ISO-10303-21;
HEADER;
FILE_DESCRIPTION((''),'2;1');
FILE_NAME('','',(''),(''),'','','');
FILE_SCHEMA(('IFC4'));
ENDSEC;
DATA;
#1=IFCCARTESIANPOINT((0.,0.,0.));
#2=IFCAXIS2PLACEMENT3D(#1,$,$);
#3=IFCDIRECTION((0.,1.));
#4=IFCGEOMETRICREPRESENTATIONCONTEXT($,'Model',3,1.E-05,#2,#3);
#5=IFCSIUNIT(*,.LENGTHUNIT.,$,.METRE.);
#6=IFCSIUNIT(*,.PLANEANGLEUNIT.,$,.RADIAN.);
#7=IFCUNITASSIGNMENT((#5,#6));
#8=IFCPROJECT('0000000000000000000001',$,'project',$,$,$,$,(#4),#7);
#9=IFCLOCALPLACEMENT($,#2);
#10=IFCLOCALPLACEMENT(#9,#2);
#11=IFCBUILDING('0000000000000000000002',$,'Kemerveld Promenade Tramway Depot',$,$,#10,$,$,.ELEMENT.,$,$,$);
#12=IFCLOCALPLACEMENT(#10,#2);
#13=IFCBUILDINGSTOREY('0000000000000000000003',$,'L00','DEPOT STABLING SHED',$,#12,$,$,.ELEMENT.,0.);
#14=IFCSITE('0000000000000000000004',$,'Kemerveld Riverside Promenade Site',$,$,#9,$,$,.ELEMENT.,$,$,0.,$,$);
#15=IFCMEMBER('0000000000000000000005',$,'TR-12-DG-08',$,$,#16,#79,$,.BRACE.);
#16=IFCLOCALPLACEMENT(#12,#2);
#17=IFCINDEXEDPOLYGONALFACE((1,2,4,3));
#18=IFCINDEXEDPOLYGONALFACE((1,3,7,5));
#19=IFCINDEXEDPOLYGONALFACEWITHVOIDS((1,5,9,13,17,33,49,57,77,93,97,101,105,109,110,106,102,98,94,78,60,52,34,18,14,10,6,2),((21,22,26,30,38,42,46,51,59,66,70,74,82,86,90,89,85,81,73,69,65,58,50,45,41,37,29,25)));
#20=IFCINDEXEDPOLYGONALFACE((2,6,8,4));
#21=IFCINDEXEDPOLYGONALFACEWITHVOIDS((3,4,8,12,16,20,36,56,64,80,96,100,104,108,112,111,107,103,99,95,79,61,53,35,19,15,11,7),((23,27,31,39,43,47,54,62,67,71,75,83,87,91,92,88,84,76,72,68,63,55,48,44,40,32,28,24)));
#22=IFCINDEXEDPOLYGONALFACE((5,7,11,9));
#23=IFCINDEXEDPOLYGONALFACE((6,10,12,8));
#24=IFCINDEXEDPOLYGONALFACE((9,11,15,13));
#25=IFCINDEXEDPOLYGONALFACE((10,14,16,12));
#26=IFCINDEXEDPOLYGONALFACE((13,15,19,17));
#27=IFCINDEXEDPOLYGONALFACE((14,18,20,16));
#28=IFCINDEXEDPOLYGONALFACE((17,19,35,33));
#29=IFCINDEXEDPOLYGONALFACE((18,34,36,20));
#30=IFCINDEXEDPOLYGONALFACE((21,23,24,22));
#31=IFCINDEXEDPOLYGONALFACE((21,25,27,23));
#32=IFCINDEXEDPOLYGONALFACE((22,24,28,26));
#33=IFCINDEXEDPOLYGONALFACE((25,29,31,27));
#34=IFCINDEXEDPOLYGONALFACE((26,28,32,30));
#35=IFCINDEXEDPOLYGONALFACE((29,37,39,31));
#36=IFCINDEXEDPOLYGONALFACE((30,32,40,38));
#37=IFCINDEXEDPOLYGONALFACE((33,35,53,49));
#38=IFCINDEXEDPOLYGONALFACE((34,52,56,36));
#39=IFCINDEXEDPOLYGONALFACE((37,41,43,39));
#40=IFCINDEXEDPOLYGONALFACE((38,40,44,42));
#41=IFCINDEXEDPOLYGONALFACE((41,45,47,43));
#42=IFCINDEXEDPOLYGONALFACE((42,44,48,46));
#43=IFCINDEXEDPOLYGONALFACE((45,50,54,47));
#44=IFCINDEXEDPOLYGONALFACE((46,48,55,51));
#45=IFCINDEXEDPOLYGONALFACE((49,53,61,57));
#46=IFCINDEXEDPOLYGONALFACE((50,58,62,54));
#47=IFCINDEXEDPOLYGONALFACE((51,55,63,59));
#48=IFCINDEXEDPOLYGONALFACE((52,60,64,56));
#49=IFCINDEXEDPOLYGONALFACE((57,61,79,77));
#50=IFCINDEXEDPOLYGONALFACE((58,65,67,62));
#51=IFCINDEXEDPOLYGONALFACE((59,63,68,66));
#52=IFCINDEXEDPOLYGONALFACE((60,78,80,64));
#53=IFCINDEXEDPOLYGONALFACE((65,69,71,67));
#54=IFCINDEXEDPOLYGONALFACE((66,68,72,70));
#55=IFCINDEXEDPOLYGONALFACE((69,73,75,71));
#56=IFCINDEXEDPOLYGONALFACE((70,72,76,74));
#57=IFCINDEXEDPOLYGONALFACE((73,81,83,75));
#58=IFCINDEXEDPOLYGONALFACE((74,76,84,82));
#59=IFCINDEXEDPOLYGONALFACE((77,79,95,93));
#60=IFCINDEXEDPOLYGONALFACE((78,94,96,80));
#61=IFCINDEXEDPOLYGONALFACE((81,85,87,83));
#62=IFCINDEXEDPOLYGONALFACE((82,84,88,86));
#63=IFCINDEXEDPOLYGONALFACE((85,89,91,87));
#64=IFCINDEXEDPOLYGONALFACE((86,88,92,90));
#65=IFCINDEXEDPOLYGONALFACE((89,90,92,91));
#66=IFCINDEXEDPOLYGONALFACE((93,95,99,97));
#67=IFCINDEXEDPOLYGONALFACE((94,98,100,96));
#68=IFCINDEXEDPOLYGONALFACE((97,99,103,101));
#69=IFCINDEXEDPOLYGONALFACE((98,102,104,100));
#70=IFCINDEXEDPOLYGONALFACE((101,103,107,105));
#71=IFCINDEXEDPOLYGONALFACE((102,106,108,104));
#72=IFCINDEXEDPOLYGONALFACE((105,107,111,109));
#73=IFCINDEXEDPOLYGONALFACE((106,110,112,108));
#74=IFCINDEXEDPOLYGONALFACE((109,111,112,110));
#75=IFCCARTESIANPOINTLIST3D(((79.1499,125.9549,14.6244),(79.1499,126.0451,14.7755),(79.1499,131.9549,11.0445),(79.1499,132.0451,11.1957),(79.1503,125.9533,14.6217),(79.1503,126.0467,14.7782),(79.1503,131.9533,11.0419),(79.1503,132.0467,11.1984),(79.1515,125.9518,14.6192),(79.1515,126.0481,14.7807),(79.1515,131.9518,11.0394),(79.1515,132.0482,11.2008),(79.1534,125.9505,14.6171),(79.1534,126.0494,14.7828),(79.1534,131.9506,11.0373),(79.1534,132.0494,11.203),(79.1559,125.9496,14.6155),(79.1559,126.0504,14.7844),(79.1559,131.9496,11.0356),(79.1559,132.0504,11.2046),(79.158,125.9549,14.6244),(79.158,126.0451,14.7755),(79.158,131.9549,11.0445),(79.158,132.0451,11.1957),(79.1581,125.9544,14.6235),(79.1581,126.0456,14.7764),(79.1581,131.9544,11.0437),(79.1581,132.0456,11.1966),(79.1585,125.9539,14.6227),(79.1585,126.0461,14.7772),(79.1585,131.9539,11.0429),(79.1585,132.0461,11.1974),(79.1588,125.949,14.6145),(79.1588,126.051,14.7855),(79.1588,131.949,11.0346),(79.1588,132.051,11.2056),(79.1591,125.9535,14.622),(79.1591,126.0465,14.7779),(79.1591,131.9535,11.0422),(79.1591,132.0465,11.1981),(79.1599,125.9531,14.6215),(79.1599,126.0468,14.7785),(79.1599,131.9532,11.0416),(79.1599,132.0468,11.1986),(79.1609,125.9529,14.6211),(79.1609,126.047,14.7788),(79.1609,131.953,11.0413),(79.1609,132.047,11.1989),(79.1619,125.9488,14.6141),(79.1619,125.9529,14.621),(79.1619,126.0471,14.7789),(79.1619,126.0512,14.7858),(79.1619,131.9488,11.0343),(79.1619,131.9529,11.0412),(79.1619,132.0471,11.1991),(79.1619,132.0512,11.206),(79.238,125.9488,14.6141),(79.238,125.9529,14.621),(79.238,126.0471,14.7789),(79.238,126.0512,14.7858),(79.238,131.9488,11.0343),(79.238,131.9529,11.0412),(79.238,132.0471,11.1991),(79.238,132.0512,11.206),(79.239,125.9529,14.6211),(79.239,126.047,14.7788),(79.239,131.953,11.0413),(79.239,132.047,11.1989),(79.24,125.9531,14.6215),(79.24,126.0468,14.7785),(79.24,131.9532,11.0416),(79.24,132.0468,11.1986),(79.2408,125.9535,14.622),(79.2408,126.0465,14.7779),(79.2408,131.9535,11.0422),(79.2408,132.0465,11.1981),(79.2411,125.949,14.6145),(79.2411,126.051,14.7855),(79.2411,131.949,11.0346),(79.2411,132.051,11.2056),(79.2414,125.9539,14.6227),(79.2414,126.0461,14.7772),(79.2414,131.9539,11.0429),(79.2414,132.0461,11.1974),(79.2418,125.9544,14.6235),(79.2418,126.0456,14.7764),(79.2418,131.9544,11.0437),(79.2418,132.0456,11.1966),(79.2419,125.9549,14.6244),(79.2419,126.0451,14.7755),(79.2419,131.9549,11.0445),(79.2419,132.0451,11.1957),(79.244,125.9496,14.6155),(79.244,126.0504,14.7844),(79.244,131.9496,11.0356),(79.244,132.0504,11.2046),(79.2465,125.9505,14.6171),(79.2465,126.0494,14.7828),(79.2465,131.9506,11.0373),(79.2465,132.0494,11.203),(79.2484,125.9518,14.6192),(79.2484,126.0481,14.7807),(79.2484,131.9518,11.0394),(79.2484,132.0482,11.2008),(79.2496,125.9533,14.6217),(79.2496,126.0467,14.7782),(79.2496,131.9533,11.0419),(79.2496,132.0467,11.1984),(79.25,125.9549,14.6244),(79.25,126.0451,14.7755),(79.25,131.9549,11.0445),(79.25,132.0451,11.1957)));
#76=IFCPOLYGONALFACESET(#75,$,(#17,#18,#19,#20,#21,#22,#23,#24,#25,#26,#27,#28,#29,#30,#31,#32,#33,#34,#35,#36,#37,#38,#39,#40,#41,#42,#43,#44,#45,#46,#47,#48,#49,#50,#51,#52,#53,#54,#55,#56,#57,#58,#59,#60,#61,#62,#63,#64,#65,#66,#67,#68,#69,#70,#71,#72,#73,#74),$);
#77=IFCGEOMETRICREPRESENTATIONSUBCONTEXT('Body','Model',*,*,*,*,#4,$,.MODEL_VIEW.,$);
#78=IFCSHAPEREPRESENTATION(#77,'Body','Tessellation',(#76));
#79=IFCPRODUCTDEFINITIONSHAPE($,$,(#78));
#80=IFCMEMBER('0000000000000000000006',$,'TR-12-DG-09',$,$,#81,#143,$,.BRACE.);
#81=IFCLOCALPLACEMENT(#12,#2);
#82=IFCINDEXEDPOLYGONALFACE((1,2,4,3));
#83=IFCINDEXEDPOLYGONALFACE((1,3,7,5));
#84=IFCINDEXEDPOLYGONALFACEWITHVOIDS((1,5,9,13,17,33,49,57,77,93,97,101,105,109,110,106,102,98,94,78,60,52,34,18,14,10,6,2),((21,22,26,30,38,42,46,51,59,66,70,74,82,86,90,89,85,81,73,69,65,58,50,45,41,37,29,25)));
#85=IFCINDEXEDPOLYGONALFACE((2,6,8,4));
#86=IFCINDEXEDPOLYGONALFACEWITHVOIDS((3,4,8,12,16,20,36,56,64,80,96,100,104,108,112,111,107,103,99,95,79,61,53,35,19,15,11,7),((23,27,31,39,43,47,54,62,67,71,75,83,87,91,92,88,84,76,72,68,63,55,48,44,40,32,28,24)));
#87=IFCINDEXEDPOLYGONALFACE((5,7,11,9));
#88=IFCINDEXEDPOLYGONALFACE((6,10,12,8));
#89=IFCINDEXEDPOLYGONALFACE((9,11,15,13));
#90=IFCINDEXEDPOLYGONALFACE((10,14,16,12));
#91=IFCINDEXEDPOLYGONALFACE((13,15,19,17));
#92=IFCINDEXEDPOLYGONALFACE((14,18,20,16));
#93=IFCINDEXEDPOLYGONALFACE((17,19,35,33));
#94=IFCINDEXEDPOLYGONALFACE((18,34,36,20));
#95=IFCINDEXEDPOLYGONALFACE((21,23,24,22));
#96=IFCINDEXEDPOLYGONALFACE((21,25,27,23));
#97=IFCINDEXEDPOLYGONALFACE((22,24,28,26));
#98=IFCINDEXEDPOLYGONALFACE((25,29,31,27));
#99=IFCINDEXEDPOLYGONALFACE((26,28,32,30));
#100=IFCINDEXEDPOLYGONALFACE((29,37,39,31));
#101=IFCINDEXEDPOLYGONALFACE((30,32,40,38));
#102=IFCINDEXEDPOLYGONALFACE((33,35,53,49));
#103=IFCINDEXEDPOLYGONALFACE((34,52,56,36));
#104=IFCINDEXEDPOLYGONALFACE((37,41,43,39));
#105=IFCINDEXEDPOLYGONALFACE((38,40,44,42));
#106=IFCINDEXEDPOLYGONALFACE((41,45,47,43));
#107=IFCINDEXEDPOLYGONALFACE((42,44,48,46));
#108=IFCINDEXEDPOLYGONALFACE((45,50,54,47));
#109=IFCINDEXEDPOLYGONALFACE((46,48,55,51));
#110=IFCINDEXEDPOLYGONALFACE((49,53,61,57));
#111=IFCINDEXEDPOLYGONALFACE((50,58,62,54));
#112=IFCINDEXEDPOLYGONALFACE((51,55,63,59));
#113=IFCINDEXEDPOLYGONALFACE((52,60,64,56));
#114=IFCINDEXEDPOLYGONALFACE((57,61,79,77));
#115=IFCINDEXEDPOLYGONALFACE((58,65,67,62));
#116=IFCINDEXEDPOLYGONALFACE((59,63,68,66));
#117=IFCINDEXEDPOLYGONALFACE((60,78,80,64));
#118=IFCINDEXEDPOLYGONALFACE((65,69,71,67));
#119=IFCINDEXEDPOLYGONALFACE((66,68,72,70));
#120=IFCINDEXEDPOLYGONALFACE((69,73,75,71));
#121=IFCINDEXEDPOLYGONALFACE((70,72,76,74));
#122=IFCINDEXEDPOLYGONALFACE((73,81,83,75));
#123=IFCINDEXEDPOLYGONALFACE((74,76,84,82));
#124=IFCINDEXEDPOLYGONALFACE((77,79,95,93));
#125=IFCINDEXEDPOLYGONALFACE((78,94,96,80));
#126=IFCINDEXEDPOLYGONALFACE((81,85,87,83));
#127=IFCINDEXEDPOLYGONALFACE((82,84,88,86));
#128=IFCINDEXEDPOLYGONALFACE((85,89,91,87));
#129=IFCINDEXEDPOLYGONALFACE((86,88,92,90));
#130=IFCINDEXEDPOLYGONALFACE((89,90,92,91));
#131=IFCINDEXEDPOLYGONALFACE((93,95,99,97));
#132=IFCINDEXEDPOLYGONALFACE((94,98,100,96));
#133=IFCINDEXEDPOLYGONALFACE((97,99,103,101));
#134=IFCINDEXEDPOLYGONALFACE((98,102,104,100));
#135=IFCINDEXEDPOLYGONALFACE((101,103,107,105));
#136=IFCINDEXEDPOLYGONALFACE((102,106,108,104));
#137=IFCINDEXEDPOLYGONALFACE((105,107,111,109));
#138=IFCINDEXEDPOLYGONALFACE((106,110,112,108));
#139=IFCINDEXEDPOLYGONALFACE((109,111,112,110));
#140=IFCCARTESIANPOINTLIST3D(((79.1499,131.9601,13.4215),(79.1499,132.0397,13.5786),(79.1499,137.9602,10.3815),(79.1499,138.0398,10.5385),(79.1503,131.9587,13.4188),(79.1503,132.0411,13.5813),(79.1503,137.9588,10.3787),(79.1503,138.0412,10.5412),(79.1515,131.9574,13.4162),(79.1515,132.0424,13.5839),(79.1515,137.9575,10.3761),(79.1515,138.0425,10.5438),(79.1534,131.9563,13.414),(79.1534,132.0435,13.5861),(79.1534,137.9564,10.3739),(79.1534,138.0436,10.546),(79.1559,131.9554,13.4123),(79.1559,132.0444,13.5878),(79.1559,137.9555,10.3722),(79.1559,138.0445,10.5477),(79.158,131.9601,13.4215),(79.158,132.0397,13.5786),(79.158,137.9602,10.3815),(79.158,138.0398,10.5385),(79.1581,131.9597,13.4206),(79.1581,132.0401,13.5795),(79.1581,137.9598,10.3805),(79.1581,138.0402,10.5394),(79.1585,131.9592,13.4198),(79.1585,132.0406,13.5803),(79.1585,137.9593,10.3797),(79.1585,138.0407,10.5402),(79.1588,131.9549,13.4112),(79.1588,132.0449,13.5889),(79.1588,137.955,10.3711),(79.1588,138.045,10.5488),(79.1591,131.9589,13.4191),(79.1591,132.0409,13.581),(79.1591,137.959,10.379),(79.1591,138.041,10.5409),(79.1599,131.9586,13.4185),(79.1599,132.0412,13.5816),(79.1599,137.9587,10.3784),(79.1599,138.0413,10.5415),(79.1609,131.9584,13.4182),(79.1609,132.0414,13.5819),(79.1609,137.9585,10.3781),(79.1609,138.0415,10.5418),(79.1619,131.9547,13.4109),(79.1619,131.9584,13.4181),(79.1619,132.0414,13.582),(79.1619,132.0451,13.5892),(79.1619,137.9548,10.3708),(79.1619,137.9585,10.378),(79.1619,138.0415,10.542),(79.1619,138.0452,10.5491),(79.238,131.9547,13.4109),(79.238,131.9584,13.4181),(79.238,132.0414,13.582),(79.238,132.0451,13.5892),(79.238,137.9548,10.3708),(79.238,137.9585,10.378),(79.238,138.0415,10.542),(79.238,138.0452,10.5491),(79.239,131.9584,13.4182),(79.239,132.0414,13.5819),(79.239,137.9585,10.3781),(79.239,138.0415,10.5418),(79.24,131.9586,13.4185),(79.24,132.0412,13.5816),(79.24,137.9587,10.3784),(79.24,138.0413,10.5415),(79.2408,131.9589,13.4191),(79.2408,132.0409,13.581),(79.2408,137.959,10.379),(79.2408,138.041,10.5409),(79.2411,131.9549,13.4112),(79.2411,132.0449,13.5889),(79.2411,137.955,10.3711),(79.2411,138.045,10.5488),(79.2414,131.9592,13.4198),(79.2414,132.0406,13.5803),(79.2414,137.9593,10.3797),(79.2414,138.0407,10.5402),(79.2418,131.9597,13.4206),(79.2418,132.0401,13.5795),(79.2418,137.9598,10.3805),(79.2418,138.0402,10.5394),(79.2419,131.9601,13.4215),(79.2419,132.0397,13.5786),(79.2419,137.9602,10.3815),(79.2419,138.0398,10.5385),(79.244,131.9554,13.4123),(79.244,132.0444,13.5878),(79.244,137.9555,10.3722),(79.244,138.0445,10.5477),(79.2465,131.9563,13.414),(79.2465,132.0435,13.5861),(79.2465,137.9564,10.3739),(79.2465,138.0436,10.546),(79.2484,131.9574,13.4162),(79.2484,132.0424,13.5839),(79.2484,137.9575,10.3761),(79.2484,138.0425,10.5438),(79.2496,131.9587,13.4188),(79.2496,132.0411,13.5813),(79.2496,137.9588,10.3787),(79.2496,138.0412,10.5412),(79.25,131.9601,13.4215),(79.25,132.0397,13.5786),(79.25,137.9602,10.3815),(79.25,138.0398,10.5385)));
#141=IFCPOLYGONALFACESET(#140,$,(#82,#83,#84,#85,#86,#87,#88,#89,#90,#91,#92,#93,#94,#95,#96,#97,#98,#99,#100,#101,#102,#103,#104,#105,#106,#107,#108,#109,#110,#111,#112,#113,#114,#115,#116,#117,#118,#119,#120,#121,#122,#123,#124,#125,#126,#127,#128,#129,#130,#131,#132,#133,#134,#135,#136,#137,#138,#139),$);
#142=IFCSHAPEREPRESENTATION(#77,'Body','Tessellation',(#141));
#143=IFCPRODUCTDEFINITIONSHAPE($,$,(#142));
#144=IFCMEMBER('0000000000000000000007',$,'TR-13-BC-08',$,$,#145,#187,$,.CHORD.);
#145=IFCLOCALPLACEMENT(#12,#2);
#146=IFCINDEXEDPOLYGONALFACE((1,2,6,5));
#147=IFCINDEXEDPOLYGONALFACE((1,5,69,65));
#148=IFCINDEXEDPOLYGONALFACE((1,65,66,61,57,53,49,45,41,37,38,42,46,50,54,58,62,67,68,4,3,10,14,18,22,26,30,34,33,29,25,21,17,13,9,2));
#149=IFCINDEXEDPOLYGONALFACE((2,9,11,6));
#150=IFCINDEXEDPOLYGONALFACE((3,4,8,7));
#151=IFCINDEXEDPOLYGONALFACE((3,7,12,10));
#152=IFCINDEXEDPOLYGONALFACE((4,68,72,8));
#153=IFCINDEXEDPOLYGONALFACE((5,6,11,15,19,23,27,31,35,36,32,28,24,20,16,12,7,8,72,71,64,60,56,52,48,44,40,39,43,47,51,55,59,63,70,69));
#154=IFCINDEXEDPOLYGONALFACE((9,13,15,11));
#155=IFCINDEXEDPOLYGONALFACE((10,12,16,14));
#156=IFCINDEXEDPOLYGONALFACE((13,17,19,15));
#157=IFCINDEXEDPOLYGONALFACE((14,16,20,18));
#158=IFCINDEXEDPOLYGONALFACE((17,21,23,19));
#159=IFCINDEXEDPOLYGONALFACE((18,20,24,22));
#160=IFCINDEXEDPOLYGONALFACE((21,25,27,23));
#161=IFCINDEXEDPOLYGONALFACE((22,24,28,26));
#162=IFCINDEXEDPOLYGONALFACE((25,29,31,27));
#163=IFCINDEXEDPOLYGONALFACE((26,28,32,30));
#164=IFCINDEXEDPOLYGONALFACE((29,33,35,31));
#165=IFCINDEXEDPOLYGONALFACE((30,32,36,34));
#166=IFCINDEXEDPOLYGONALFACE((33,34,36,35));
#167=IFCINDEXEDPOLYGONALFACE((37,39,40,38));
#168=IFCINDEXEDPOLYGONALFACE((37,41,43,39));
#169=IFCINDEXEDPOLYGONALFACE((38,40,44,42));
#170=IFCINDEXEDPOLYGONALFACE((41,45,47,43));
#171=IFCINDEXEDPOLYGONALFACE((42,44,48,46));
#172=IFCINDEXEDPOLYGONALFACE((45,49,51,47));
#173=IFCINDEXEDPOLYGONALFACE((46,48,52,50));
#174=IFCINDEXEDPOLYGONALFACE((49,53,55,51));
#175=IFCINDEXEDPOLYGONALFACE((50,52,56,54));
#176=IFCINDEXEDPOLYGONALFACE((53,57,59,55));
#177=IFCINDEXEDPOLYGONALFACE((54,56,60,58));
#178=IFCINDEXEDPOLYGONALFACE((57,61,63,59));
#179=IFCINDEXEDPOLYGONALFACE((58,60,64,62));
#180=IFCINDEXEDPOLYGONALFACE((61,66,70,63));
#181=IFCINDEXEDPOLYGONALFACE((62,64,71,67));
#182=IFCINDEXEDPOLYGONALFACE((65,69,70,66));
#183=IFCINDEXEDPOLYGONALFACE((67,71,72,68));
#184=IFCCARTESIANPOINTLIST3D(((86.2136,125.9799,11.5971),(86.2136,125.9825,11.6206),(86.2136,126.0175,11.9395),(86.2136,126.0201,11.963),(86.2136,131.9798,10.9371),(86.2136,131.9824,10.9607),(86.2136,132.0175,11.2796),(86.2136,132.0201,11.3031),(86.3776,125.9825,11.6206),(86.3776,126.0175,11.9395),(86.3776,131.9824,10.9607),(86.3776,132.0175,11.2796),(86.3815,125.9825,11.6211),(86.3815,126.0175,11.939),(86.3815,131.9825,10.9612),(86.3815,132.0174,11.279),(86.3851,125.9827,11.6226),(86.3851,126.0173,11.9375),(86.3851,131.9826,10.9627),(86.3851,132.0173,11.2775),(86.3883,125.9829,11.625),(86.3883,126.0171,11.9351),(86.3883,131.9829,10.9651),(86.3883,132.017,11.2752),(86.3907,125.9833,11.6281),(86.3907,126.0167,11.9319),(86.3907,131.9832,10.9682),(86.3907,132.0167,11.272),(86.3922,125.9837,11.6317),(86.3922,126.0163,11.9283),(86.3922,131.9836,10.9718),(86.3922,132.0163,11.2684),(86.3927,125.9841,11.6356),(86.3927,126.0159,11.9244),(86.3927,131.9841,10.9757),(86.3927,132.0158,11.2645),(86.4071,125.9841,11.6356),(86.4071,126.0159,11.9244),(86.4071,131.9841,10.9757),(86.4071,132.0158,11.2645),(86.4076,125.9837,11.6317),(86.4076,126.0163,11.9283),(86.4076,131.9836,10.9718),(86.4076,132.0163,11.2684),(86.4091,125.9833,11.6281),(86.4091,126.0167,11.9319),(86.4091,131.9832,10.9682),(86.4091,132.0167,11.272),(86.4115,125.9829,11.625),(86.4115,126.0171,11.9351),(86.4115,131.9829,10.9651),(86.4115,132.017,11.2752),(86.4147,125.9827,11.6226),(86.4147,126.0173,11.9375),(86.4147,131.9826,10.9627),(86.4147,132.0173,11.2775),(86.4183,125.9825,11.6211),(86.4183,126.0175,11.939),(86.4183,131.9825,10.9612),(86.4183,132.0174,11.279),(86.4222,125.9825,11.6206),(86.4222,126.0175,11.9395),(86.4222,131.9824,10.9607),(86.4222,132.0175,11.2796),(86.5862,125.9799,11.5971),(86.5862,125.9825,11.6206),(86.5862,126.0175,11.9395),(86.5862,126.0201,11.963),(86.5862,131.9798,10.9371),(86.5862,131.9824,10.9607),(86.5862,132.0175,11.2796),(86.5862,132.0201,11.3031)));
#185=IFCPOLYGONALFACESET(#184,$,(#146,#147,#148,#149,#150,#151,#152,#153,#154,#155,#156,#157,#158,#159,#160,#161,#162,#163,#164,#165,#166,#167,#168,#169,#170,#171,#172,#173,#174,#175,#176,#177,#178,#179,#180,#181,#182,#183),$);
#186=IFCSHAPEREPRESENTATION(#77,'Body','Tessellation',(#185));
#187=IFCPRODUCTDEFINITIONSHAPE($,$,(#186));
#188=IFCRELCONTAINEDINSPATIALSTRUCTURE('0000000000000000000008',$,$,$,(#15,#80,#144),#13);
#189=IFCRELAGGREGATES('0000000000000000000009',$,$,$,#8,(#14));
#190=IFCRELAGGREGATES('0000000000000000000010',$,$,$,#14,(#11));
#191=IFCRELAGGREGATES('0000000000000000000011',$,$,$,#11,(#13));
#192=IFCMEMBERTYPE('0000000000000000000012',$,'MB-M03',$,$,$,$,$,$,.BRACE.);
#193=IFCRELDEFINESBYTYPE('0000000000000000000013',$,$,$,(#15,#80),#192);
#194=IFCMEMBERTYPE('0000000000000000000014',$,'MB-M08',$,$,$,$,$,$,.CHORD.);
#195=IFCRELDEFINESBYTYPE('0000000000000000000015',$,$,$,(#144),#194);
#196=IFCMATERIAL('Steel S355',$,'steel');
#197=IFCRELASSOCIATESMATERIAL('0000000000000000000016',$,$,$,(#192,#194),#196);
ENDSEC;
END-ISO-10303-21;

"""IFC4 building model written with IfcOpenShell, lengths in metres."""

from ifc_helpers import new_model, si_unit, direction, frame, origin, origin_2d, place, context, subcontext, project, spatial, hollow_rectangle, i_section, extrude, material, material_profile, profile_set, type_object, element, save


model = new_model("IFC4")

# Units and contexts
model_context = context("Model", 3, precision=1e-05, world=origin(), true_north=direction((0.0, 1.0)))
body_context = subcontext(model_context, "Body", "Model", "MODEL_VIEW")
ifc_project = project(units=[si_unit("LENGTHUNIT", "METRE"), si_unit("PLANEANGLEUNIT", "RADIAN")], contexts=[model_context])

# Site, building, storey
site_placement = place(None, origin())
site = spatial("IfcSite", under=ifc_project, at=site_placement, Name="Kemerveld Riverside Promenade Site", CompositionType="ELEMENT", RefElevation=0.0)
building_placement = place(site_placement, origin())
building = spatial("IfcBuilding", under=site, at=building_placement, Name="Kemerveld Promenade Tramway Depot", CompositionType="ELEMENT")
storey_placement = place(building_placement, origin())
storey = spatial("IfcBuildingStorey", under=building, at=storey_placement, Name="L00", Description="DEPOT STABLING SHED", CompositionType="ELEMENT", Elevation=0.0)

# Members
ifc_material_1 = material(Name="Steel S355", Category="steel")
ifc_material_profile_1 = material_profile(ifc_material_1, hollow_rectangle(XDim=0.1001, YDim=0.2, WallThickness=0.0081, InnerFilletRadius=0.0039, OuterFilletRadius=0.012, at=origin_2d()), Name="200x100x8.0 RHS")
ifc_profile_set_1 = profile_set([ifc_material_profile_1], Name="Steel S355")
member_type_1 = type_object("IfcMemberType", Name="MB-M03", PredefinedType="BRACE", material=ifc_profile_set_1)
member_1_placement = place(storey_placement, frame((79.2, 132.0, 11.1201), z_axis=(0.0, -0.858764, 0.512372), x_axis=(1.0, 0.0, 0.0)))
element("IfcMember", 1, at=member_1_placement, inside=storey, type_object=member_type_1, Name="TR-12-DG-08", PredefinedType="BRACE", context=body_context, shape_type="SweptSolid", body=[
    extrude(hollow_rectangle(XDim=0.1001, YDim=0.2, WallThickness=0.0081, InnerFilletRadius=0.0039, OuterFilletRadius=0.012, at=origin_2d()), origin(), (0.0, 0.0, 1.0), 6.9868),
])
member_2_placement = place(storey_placement, frame((79.2, 138.0, 10.46), z_axis=(0.0, -0.892033, 0.451969), x_axis=(1.0, 0.0, 0.0)))
element("IfcMember", 2, at=member_2_placement, inside=storey, type_object=member_type_1, Name="TR-12-DG-09", PredefinedType="BRACE", context=body_context, shape_type="SweptSolid", body=[
    extrude(hollow_rectangle(XDim=0.1001, YDim=0.2, WallThickness=0.0081, InnerFilletRadius=0.0039, OuterFilletRadius=0.012, at=origin_2d()), origin(), (0.0, 0.0, 1.0), 6.7263),
])
ifc_material_profile_2 = material_profile(ifc_material_1, i_section(OverallWidth=0.3726, OverallDepth=0.3682, WebThickness=0.0144, FlangeThickness=0.0237, FilletRadius=0.0151, at=origin_2d()), Name="356x368x177 UC")
ifc_profile_set_2 = profile_set([ifc_material_profile_2], Name="Steel S355")
member_type_2 = type_object("IfcMemberType", Name="MB-M08", PredefinedType="CHORD", material=ifc_profile_set_2)
member_3_placement = place(storey_placement, frame((86.3999, 126.0, 11.78), z_axis=(0.0, 0.994006, -0.109326), x_axis=(-1.0, 0.0, 0.0)))
element("IfcMember", 3, at=member_3_placement, inside=storey, type_object=member_type_2, Name="TR-13-BC-08", PredefinedType="CHORD", context=body_context, shape_type="SweptSolid", body=[
    extrude(i_section(OverallWidth=0.3726, OverallDepth=0.3682, WebThickness=0.0144, FlangeThickness=0.0237, FilletRadius=0.0151, at=origin_2d()), origin(), (0.0, 0.0, 1.0), 6.0361),
])

save(model, "model.ifc")
